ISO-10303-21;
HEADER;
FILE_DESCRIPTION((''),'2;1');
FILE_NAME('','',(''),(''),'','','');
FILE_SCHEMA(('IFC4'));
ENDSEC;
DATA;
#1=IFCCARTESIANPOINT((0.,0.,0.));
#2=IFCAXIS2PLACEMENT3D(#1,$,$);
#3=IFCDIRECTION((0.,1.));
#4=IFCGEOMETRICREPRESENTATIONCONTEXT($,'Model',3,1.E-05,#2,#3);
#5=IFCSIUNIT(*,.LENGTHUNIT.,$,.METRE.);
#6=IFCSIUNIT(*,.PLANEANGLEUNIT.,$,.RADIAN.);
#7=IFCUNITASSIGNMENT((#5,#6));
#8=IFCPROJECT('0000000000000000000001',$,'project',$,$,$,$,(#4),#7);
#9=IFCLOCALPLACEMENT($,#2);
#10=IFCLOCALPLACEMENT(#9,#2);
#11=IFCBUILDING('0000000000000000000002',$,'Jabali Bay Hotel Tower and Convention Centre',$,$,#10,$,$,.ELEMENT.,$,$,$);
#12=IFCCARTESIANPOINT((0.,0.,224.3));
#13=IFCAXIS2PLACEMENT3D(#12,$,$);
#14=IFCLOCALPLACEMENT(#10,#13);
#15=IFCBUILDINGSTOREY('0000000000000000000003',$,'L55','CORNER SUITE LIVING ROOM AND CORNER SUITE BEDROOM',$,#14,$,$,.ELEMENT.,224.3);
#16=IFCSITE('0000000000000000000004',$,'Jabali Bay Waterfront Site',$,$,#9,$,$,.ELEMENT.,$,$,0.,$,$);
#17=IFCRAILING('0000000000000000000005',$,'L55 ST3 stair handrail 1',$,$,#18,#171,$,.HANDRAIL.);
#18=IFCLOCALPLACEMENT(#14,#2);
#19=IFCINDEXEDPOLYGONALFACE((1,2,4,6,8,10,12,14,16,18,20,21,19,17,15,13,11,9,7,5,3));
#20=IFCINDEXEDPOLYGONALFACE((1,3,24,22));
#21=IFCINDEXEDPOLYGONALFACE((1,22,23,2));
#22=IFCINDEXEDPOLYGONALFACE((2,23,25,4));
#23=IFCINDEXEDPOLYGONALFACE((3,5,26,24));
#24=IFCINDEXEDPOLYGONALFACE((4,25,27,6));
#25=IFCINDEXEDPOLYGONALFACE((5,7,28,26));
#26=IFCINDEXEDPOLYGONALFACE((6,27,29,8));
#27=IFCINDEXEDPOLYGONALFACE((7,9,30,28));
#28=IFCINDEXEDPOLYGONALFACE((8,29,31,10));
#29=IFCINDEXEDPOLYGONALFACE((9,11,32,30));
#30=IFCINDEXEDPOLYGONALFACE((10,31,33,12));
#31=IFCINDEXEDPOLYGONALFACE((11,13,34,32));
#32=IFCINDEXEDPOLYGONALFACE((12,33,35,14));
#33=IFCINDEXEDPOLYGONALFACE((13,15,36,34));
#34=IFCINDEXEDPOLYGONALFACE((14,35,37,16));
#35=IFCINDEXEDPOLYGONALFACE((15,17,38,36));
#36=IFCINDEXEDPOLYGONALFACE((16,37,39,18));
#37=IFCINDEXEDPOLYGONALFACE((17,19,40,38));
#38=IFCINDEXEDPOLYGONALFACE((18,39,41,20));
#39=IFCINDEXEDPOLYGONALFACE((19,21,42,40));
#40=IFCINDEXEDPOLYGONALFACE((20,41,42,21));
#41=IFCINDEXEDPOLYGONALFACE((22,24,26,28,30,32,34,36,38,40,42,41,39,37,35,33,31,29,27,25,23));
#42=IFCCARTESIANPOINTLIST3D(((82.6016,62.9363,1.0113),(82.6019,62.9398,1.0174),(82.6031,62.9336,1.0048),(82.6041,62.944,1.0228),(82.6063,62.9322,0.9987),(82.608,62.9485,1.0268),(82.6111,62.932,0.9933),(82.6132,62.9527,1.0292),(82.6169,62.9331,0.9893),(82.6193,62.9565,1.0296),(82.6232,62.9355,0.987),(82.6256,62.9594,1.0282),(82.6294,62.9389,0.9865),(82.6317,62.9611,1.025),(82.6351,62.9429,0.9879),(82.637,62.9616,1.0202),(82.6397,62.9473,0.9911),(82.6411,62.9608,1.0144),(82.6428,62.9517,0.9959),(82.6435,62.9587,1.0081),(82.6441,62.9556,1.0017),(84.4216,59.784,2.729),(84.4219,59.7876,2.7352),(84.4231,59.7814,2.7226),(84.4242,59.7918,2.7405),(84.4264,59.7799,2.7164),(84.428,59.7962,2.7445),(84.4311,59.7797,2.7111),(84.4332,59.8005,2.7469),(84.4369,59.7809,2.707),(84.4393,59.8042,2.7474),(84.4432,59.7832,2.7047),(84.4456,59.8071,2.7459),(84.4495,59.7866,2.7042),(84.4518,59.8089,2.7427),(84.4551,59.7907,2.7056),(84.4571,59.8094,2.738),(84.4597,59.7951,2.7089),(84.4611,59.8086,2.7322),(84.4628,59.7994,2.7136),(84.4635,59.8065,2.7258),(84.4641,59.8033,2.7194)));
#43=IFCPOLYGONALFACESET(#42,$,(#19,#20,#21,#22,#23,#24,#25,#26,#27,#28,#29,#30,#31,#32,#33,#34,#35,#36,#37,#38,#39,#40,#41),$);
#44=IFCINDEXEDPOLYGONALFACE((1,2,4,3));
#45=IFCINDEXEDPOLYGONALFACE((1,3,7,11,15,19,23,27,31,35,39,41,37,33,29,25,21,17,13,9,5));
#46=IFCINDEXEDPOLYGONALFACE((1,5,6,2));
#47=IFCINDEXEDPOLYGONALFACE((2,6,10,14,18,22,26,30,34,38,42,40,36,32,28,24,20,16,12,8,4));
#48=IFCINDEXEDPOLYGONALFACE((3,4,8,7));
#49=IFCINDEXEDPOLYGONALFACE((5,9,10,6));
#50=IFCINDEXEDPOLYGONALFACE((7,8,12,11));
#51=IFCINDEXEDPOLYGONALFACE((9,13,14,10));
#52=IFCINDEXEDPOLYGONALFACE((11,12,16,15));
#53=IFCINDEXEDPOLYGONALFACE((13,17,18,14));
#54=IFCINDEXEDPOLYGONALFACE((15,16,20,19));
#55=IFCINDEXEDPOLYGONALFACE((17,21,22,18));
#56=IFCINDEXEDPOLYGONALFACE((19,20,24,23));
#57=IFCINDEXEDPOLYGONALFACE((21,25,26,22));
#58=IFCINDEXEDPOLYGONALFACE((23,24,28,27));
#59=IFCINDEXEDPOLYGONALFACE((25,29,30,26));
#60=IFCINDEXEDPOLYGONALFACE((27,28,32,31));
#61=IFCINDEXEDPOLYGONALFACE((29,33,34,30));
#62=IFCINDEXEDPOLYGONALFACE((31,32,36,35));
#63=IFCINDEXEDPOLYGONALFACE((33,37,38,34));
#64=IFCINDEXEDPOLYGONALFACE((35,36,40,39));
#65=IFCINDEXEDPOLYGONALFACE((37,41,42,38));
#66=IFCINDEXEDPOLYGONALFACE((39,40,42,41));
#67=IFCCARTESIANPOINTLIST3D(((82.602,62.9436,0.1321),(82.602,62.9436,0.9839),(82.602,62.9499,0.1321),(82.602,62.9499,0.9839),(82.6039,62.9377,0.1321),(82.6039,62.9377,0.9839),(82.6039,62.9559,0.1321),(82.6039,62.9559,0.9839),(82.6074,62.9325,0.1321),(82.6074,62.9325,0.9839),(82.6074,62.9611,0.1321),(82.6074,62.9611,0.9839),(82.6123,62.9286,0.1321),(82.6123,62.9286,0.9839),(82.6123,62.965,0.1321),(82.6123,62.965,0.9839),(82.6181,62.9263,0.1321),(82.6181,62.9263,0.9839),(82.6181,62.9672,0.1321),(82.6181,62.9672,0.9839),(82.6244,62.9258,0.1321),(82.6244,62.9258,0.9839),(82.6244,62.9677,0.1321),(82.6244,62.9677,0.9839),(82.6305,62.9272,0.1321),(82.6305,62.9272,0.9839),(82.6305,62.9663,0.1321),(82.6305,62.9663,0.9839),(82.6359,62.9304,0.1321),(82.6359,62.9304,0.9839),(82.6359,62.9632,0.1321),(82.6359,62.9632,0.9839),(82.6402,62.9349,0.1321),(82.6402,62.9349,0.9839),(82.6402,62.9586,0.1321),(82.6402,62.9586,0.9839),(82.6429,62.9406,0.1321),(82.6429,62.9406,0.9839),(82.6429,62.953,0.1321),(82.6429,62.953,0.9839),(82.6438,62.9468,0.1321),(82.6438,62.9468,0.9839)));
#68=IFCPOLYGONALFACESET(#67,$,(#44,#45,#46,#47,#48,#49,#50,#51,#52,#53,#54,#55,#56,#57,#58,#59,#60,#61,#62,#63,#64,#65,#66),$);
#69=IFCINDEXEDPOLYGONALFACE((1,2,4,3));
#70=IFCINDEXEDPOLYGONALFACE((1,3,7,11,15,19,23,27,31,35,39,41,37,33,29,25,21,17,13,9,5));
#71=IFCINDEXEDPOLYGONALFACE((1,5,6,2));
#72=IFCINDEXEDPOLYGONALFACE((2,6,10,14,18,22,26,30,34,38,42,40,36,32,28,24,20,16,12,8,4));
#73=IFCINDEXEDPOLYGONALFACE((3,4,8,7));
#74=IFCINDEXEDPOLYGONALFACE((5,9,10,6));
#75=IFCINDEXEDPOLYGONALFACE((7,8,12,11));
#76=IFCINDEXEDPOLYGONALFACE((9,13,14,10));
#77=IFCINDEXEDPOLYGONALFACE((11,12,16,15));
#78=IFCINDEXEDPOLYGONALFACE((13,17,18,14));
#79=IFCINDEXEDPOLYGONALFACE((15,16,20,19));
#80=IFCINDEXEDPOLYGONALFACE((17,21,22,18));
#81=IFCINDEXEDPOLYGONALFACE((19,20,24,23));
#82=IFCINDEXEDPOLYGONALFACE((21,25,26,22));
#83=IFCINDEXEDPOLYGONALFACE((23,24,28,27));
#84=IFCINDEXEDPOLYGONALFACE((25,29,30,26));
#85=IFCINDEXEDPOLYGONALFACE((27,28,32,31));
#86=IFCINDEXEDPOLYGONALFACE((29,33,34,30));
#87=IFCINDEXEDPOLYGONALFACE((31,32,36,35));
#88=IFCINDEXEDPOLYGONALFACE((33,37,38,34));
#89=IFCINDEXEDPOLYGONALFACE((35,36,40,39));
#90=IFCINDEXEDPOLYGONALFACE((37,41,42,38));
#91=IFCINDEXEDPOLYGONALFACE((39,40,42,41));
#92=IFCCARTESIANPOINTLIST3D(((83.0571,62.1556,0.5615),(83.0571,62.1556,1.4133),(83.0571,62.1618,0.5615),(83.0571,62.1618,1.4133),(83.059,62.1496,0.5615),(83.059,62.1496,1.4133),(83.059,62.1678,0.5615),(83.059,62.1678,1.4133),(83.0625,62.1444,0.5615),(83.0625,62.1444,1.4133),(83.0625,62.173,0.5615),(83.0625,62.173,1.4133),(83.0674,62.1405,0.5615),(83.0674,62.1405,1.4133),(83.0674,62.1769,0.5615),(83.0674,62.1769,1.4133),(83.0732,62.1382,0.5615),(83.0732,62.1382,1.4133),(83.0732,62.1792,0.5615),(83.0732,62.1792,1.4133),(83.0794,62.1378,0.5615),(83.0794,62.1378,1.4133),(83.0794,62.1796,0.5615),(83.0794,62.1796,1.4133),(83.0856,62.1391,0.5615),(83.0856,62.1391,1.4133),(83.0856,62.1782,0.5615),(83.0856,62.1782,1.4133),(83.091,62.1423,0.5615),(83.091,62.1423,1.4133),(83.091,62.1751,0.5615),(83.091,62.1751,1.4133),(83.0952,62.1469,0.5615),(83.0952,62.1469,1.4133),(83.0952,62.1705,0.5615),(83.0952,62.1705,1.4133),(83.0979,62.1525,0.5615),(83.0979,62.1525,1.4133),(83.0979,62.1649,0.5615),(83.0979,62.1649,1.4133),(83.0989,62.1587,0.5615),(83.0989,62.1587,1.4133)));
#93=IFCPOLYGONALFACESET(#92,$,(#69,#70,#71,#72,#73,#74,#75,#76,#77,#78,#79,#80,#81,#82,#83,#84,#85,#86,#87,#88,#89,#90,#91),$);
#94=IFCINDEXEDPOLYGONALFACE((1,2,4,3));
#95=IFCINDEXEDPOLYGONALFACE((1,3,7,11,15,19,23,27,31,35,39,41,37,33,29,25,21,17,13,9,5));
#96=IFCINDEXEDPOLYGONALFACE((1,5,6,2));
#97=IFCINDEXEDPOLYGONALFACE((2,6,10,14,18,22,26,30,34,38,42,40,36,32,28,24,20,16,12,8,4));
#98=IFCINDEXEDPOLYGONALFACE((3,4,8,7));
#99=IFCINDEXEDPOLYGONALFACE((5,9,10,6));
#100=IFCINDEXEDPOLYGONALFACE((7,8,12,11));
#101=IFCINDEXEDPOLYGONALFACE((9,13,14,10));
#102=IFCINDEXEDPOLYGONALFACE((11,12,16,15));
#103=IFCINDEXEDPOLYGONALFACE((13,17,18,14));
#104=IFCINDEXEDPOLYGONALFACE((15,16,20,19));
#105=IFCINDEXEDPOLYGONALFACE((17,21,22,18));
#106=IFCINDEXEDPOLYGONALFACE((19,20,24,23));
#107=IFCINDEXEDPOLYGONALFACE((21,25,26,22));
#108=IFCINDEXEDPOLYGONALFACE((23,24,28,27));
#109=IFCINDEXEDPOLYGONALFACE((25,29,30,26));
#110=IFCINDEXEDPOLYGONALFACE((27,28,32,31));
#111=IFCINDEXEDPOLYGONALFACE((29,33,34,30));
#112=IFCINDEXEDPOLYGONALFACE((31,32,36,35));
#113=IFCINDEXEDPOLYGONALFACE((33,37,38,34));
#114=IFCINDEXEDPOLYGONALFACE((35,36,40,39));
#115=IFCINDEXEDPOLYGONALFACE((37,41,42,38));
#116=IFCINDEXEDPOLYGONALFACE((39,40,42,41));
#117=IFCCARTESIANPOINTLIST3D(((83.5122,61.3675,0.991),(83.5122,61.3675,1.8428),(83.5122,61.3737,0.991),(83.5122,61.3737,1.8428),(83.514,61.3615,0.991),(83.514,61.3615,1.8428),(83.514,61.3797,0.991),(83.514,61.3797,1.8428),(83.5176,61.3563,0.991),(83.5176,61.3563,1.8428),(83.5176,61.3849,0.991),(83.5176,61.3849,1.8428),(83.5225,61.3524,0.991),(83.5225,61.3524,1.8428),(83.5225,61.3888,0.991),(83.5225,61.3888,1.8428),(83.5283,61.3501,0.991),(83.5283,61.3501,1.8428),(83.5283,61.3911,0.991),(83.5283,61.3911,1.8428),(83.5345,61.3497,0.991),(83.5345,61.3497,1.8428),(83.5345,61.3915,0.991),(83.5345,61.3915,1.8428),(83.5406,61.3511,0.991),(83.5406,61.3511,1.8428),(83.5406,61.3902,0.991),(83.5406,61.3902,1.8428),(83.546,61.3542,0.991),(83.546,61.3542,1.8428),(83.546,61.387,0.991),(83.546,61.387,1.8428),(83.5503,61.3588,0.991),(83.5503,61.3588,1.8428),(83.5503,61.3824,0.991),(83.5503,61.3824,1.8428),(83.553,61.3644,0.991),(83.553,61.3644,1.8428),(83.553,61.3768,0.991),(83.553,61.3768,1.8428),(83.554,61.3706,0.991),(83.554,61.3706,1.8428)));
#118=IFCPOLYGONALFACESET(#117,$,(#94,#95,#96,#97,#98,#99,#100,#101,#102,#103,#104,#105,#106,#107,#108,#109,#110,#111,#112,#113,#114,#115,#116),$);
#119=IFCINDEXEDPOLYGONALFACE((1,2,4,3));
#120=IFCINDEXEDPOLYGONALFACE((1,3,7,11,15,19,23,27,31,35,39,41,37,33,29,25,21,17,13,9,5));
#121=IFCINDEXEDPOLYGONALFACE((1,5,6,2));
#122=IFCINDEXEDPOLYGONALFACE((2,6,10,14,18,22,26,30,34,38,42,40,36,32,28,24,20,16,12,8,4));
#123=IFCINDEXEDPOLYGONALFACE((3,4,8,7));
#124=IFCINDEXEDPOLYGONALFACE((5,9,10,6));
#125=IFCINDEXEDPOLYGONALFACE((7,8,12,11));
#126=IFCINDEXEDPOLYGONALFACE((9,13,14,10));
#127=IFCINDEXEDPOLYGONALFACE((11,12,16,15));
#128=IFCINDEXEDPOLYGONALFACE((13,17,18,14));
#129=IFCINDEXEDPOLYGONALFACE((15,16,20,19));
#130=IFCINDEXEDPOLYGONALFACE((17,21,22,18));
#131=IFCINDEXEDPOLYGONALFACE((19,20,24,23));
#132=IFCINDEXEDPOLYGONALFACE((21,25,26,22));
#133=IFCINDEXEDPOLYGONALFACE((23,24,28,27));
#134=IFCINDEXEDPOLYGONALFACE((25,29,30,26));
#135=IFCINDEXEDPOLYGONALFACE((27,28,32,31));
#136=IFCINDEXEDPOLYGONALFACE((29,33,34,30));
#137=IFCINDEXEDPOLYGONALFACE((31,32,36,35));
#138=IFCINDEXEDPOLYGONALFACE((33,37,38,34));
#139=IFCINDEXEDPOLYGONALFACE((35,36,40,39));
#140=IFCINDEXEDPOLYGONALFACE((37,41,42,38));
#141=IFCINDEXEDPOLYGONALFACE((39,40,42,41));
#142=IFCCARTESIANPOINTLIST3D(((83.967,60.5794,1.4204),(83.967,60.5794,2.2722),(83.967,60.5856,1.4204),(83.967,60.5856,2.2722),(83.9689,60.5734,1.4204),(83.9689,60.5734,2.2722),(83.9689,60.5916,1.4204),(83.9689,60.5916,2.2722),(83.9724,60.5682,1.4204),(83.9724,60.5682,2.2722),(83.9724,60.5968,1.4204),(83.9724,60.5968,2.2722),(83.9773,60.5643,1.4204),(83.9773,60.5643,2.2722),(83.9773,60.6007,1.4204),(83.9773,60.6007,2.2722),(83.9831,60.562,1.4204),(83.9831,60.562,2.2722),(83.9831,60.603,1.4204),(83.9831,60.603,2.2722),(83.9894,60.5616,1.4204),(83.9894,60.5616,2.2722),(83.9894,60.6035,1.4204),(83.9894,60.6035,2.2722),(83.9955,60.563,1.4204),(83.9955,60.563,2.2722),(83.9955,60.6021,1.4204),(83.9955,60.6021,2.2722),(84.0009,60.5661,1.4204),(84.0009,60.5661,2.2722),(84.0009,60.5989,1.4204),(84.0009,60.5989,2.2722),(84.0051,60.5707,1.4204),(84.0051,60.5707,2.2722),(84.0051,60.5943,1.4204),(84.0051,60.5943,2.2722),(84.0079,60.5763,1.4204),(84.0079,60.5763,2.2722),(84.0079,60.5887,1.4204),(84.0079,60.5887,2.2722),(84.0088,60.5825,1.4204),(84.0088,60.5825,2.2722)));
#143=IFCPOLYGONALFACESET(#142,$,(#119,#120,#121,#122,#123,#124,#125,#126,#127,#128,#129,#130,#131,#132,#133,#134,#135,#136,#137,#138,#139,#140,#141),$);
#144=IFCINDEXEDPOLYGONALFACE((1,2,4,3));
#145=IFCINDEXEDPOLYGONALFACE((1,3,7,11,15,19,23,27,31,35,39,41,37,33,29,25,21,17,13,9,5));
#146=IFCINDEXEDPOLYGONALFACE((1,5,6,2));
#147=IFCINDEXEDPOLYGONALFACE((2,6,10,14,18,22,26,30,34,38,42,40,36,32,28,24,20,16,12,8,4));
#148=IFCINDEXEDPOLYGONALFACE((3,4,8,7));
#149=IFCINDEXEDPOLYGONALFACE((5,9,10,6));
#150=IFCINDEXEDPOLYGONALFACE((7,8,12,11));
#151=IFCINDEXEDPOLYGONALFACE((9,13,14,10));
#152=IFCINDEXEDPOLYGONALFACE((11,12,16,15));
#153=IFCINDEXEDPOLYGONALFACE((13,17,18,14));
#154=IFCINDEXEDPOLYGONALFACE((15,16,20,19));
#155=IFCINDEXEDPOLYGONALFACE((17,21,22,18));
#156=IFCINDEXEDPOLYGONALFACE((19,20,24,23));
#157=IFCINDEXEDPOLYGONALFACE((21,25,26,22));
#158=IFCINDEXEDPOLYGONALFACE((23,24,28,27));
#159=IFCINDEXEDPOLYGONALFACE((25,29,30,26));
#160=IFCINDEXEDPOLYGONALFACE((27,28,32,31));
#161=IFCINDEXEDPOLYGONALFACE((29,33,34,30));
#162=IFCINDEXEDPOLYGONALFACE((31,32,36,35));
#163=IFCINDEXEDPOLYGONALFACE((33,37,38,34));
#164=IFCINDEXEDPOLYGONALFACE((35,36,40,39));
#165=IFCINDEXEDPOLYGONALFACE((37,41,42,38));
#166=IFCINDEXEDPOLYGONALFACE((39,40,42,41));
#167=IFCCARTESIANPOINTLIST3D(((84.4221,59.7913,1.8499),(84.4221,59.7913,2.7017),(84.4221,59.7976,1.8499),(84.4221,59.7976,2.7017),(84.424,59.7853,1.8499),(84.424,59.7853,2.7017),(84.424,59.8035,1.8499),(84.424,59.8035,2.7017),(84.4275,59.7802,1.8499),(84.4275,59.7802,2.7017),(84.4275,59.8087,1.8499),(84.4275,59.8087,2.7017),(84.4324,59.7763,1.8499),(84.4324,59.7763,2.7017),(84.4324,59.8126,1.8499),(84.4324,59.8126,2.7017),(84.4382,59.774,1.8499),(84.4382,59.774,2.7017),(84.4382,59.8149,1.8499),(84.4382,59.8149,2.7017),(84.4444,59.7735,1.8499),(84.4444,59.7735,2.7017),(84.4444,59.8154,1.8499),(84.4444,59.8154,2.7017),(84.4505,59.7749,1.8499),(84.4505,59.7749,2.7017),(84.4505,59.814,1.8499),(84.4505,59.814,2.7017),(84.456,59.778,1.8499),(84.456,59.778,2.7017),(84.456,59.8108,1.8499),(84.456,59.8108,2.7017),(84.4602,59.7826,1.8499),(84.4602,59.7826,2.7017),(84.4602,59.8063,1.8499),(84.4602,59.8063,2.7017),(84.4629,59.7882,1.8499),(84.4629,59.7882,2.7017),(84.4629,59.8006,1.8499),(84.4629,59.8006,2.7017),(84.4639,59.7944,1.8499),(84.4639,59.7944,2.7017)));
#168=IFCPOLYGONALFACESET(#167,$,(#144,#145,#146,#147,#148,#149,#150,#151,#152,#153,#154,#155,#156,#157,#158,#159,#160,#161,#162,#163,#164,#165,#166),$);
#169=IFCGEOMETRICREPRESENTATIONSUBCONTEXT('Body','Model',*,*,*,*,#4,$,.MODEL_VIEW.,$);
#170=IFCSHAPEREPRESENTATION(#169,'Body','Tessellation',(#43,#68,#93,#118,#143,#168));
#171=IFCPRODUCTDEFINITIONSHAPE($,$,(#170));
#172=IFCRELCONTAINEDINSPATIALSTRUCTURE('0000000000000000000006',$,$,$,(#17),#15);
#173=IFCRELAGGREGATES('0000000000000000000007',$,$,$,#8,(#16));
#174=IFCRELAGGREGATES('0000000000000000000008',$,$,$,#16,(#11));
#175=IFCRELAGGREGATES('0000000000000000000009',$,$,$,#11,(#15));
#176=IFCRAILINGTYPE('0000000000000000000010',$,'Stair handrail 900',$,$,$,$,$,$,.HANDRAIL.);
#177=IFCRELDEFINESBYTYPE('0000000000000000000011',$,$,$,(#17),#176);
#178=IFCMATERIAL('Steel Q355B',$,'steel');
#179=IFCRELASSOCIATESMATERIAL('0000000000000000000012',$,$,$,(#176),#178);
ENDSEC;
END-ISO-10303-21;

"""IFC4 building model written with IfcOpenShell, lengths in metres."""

from ifc_helpers import new_model, si_unit, direction, frame, origin, origin_2d, place, context, subcontext, project, spatial, circle, extrude, material, type_object, element, save


model = new_model("IFC4")

# Units and contexts
model_context = context("Model", 3, precision=1e-05, world=origin(), true_north=direction((0.0, 1.0)))
body_context = subcontext(model_context, "Body", "Model", "MODEL_VIEW")
ifc_project = project(units=[si_unit("LENGTHUNIT", "METRE"), si_unit("PLANEANGLEUNIT", "RADIAN")], contexts=[model_context])

# Site, building, storey
site_placement = place(None, origin())
site = spatial("IfcSite", under=ifc_project, at=site_placement, Name="Jabali Bay Waterfront Site", CompositionType="ELEMENT", RefElevation=0.0)
building_placement = place(site_placement, origin())
building = spatial("IfcBuilding", under=site, at=building_placement, Name="Jabali Bay Hotel Tower and Convention Centre", CompositionType="ELEMENT")
storey_placement = place(building_placement, frame((0.0, 0.0, 224.3)))
storey = spatial("IfcBuildingStorey", under=building, at=storey_placement, Name="L55", Description="CORNER SUITE LIVING ROOM AND CORNER SUITE BEDROOM", CompositionType="ELEMENT", Elevation=224.3)

# Railing
ifc_material_1 = material(Name="Steel Q355B", Category="steel")
railing_type_1 = type_object("IfcRailingType", Name="Stair handrail 900", PredefinedType="HANDRAIL", material=ifc_material_1)
railing_1_placement = place(storey_placement, frame((82.6228, 62.9468, 0.1321)))
element("IfcRailing", 1, at=railing_1_placement, inside=storey, type_object=railing_type_1, Name="L55 ST3 stair handrail 1", PredefinedType="HANDRAIL", context=body_context, shape_type="SweptSolid", body=[
    extrude(circle(Radius=0.0239, at=origin_2d()), frame((0.0, 0.0, 0.876), z_axis=(0.45219, -0.78319, 0.426775), x_axis=(0.866018, 0.500013, 0.0)), (0.0, 0.0, 1.0), 4.0249),
    extrude(circle(Radius=0.021, at=origin_2d()), origin(), (0.0, 0.0, 1.0), 0.8518),
    extrude(circle(Radius=0.021, at=origin_2d()), frame((0.4551, -0.7881, 0.4294)), (0.0, 0.0, 1.0), 0.8518),
    extrude(circle(Radius=0.021, at=origin_2d()), frame((0.9102, -1.5762, 0.8589)), (0.0, 0.0, 1.0), 0.8518),
    extrude(circle(Radius=0.021, at=origin_2d()), frame((1.365, -2.3643, 1.2883)), (0.0, 0.0, 1.0), 0.8518),
    extrude(circle(Radius=0.021, at=origin_2d()), frame((1.8201, -3.1523, 1.7178)), (0.0, 0.0, 1.0), 0.8518),
])

save(model, "model.ifc")
